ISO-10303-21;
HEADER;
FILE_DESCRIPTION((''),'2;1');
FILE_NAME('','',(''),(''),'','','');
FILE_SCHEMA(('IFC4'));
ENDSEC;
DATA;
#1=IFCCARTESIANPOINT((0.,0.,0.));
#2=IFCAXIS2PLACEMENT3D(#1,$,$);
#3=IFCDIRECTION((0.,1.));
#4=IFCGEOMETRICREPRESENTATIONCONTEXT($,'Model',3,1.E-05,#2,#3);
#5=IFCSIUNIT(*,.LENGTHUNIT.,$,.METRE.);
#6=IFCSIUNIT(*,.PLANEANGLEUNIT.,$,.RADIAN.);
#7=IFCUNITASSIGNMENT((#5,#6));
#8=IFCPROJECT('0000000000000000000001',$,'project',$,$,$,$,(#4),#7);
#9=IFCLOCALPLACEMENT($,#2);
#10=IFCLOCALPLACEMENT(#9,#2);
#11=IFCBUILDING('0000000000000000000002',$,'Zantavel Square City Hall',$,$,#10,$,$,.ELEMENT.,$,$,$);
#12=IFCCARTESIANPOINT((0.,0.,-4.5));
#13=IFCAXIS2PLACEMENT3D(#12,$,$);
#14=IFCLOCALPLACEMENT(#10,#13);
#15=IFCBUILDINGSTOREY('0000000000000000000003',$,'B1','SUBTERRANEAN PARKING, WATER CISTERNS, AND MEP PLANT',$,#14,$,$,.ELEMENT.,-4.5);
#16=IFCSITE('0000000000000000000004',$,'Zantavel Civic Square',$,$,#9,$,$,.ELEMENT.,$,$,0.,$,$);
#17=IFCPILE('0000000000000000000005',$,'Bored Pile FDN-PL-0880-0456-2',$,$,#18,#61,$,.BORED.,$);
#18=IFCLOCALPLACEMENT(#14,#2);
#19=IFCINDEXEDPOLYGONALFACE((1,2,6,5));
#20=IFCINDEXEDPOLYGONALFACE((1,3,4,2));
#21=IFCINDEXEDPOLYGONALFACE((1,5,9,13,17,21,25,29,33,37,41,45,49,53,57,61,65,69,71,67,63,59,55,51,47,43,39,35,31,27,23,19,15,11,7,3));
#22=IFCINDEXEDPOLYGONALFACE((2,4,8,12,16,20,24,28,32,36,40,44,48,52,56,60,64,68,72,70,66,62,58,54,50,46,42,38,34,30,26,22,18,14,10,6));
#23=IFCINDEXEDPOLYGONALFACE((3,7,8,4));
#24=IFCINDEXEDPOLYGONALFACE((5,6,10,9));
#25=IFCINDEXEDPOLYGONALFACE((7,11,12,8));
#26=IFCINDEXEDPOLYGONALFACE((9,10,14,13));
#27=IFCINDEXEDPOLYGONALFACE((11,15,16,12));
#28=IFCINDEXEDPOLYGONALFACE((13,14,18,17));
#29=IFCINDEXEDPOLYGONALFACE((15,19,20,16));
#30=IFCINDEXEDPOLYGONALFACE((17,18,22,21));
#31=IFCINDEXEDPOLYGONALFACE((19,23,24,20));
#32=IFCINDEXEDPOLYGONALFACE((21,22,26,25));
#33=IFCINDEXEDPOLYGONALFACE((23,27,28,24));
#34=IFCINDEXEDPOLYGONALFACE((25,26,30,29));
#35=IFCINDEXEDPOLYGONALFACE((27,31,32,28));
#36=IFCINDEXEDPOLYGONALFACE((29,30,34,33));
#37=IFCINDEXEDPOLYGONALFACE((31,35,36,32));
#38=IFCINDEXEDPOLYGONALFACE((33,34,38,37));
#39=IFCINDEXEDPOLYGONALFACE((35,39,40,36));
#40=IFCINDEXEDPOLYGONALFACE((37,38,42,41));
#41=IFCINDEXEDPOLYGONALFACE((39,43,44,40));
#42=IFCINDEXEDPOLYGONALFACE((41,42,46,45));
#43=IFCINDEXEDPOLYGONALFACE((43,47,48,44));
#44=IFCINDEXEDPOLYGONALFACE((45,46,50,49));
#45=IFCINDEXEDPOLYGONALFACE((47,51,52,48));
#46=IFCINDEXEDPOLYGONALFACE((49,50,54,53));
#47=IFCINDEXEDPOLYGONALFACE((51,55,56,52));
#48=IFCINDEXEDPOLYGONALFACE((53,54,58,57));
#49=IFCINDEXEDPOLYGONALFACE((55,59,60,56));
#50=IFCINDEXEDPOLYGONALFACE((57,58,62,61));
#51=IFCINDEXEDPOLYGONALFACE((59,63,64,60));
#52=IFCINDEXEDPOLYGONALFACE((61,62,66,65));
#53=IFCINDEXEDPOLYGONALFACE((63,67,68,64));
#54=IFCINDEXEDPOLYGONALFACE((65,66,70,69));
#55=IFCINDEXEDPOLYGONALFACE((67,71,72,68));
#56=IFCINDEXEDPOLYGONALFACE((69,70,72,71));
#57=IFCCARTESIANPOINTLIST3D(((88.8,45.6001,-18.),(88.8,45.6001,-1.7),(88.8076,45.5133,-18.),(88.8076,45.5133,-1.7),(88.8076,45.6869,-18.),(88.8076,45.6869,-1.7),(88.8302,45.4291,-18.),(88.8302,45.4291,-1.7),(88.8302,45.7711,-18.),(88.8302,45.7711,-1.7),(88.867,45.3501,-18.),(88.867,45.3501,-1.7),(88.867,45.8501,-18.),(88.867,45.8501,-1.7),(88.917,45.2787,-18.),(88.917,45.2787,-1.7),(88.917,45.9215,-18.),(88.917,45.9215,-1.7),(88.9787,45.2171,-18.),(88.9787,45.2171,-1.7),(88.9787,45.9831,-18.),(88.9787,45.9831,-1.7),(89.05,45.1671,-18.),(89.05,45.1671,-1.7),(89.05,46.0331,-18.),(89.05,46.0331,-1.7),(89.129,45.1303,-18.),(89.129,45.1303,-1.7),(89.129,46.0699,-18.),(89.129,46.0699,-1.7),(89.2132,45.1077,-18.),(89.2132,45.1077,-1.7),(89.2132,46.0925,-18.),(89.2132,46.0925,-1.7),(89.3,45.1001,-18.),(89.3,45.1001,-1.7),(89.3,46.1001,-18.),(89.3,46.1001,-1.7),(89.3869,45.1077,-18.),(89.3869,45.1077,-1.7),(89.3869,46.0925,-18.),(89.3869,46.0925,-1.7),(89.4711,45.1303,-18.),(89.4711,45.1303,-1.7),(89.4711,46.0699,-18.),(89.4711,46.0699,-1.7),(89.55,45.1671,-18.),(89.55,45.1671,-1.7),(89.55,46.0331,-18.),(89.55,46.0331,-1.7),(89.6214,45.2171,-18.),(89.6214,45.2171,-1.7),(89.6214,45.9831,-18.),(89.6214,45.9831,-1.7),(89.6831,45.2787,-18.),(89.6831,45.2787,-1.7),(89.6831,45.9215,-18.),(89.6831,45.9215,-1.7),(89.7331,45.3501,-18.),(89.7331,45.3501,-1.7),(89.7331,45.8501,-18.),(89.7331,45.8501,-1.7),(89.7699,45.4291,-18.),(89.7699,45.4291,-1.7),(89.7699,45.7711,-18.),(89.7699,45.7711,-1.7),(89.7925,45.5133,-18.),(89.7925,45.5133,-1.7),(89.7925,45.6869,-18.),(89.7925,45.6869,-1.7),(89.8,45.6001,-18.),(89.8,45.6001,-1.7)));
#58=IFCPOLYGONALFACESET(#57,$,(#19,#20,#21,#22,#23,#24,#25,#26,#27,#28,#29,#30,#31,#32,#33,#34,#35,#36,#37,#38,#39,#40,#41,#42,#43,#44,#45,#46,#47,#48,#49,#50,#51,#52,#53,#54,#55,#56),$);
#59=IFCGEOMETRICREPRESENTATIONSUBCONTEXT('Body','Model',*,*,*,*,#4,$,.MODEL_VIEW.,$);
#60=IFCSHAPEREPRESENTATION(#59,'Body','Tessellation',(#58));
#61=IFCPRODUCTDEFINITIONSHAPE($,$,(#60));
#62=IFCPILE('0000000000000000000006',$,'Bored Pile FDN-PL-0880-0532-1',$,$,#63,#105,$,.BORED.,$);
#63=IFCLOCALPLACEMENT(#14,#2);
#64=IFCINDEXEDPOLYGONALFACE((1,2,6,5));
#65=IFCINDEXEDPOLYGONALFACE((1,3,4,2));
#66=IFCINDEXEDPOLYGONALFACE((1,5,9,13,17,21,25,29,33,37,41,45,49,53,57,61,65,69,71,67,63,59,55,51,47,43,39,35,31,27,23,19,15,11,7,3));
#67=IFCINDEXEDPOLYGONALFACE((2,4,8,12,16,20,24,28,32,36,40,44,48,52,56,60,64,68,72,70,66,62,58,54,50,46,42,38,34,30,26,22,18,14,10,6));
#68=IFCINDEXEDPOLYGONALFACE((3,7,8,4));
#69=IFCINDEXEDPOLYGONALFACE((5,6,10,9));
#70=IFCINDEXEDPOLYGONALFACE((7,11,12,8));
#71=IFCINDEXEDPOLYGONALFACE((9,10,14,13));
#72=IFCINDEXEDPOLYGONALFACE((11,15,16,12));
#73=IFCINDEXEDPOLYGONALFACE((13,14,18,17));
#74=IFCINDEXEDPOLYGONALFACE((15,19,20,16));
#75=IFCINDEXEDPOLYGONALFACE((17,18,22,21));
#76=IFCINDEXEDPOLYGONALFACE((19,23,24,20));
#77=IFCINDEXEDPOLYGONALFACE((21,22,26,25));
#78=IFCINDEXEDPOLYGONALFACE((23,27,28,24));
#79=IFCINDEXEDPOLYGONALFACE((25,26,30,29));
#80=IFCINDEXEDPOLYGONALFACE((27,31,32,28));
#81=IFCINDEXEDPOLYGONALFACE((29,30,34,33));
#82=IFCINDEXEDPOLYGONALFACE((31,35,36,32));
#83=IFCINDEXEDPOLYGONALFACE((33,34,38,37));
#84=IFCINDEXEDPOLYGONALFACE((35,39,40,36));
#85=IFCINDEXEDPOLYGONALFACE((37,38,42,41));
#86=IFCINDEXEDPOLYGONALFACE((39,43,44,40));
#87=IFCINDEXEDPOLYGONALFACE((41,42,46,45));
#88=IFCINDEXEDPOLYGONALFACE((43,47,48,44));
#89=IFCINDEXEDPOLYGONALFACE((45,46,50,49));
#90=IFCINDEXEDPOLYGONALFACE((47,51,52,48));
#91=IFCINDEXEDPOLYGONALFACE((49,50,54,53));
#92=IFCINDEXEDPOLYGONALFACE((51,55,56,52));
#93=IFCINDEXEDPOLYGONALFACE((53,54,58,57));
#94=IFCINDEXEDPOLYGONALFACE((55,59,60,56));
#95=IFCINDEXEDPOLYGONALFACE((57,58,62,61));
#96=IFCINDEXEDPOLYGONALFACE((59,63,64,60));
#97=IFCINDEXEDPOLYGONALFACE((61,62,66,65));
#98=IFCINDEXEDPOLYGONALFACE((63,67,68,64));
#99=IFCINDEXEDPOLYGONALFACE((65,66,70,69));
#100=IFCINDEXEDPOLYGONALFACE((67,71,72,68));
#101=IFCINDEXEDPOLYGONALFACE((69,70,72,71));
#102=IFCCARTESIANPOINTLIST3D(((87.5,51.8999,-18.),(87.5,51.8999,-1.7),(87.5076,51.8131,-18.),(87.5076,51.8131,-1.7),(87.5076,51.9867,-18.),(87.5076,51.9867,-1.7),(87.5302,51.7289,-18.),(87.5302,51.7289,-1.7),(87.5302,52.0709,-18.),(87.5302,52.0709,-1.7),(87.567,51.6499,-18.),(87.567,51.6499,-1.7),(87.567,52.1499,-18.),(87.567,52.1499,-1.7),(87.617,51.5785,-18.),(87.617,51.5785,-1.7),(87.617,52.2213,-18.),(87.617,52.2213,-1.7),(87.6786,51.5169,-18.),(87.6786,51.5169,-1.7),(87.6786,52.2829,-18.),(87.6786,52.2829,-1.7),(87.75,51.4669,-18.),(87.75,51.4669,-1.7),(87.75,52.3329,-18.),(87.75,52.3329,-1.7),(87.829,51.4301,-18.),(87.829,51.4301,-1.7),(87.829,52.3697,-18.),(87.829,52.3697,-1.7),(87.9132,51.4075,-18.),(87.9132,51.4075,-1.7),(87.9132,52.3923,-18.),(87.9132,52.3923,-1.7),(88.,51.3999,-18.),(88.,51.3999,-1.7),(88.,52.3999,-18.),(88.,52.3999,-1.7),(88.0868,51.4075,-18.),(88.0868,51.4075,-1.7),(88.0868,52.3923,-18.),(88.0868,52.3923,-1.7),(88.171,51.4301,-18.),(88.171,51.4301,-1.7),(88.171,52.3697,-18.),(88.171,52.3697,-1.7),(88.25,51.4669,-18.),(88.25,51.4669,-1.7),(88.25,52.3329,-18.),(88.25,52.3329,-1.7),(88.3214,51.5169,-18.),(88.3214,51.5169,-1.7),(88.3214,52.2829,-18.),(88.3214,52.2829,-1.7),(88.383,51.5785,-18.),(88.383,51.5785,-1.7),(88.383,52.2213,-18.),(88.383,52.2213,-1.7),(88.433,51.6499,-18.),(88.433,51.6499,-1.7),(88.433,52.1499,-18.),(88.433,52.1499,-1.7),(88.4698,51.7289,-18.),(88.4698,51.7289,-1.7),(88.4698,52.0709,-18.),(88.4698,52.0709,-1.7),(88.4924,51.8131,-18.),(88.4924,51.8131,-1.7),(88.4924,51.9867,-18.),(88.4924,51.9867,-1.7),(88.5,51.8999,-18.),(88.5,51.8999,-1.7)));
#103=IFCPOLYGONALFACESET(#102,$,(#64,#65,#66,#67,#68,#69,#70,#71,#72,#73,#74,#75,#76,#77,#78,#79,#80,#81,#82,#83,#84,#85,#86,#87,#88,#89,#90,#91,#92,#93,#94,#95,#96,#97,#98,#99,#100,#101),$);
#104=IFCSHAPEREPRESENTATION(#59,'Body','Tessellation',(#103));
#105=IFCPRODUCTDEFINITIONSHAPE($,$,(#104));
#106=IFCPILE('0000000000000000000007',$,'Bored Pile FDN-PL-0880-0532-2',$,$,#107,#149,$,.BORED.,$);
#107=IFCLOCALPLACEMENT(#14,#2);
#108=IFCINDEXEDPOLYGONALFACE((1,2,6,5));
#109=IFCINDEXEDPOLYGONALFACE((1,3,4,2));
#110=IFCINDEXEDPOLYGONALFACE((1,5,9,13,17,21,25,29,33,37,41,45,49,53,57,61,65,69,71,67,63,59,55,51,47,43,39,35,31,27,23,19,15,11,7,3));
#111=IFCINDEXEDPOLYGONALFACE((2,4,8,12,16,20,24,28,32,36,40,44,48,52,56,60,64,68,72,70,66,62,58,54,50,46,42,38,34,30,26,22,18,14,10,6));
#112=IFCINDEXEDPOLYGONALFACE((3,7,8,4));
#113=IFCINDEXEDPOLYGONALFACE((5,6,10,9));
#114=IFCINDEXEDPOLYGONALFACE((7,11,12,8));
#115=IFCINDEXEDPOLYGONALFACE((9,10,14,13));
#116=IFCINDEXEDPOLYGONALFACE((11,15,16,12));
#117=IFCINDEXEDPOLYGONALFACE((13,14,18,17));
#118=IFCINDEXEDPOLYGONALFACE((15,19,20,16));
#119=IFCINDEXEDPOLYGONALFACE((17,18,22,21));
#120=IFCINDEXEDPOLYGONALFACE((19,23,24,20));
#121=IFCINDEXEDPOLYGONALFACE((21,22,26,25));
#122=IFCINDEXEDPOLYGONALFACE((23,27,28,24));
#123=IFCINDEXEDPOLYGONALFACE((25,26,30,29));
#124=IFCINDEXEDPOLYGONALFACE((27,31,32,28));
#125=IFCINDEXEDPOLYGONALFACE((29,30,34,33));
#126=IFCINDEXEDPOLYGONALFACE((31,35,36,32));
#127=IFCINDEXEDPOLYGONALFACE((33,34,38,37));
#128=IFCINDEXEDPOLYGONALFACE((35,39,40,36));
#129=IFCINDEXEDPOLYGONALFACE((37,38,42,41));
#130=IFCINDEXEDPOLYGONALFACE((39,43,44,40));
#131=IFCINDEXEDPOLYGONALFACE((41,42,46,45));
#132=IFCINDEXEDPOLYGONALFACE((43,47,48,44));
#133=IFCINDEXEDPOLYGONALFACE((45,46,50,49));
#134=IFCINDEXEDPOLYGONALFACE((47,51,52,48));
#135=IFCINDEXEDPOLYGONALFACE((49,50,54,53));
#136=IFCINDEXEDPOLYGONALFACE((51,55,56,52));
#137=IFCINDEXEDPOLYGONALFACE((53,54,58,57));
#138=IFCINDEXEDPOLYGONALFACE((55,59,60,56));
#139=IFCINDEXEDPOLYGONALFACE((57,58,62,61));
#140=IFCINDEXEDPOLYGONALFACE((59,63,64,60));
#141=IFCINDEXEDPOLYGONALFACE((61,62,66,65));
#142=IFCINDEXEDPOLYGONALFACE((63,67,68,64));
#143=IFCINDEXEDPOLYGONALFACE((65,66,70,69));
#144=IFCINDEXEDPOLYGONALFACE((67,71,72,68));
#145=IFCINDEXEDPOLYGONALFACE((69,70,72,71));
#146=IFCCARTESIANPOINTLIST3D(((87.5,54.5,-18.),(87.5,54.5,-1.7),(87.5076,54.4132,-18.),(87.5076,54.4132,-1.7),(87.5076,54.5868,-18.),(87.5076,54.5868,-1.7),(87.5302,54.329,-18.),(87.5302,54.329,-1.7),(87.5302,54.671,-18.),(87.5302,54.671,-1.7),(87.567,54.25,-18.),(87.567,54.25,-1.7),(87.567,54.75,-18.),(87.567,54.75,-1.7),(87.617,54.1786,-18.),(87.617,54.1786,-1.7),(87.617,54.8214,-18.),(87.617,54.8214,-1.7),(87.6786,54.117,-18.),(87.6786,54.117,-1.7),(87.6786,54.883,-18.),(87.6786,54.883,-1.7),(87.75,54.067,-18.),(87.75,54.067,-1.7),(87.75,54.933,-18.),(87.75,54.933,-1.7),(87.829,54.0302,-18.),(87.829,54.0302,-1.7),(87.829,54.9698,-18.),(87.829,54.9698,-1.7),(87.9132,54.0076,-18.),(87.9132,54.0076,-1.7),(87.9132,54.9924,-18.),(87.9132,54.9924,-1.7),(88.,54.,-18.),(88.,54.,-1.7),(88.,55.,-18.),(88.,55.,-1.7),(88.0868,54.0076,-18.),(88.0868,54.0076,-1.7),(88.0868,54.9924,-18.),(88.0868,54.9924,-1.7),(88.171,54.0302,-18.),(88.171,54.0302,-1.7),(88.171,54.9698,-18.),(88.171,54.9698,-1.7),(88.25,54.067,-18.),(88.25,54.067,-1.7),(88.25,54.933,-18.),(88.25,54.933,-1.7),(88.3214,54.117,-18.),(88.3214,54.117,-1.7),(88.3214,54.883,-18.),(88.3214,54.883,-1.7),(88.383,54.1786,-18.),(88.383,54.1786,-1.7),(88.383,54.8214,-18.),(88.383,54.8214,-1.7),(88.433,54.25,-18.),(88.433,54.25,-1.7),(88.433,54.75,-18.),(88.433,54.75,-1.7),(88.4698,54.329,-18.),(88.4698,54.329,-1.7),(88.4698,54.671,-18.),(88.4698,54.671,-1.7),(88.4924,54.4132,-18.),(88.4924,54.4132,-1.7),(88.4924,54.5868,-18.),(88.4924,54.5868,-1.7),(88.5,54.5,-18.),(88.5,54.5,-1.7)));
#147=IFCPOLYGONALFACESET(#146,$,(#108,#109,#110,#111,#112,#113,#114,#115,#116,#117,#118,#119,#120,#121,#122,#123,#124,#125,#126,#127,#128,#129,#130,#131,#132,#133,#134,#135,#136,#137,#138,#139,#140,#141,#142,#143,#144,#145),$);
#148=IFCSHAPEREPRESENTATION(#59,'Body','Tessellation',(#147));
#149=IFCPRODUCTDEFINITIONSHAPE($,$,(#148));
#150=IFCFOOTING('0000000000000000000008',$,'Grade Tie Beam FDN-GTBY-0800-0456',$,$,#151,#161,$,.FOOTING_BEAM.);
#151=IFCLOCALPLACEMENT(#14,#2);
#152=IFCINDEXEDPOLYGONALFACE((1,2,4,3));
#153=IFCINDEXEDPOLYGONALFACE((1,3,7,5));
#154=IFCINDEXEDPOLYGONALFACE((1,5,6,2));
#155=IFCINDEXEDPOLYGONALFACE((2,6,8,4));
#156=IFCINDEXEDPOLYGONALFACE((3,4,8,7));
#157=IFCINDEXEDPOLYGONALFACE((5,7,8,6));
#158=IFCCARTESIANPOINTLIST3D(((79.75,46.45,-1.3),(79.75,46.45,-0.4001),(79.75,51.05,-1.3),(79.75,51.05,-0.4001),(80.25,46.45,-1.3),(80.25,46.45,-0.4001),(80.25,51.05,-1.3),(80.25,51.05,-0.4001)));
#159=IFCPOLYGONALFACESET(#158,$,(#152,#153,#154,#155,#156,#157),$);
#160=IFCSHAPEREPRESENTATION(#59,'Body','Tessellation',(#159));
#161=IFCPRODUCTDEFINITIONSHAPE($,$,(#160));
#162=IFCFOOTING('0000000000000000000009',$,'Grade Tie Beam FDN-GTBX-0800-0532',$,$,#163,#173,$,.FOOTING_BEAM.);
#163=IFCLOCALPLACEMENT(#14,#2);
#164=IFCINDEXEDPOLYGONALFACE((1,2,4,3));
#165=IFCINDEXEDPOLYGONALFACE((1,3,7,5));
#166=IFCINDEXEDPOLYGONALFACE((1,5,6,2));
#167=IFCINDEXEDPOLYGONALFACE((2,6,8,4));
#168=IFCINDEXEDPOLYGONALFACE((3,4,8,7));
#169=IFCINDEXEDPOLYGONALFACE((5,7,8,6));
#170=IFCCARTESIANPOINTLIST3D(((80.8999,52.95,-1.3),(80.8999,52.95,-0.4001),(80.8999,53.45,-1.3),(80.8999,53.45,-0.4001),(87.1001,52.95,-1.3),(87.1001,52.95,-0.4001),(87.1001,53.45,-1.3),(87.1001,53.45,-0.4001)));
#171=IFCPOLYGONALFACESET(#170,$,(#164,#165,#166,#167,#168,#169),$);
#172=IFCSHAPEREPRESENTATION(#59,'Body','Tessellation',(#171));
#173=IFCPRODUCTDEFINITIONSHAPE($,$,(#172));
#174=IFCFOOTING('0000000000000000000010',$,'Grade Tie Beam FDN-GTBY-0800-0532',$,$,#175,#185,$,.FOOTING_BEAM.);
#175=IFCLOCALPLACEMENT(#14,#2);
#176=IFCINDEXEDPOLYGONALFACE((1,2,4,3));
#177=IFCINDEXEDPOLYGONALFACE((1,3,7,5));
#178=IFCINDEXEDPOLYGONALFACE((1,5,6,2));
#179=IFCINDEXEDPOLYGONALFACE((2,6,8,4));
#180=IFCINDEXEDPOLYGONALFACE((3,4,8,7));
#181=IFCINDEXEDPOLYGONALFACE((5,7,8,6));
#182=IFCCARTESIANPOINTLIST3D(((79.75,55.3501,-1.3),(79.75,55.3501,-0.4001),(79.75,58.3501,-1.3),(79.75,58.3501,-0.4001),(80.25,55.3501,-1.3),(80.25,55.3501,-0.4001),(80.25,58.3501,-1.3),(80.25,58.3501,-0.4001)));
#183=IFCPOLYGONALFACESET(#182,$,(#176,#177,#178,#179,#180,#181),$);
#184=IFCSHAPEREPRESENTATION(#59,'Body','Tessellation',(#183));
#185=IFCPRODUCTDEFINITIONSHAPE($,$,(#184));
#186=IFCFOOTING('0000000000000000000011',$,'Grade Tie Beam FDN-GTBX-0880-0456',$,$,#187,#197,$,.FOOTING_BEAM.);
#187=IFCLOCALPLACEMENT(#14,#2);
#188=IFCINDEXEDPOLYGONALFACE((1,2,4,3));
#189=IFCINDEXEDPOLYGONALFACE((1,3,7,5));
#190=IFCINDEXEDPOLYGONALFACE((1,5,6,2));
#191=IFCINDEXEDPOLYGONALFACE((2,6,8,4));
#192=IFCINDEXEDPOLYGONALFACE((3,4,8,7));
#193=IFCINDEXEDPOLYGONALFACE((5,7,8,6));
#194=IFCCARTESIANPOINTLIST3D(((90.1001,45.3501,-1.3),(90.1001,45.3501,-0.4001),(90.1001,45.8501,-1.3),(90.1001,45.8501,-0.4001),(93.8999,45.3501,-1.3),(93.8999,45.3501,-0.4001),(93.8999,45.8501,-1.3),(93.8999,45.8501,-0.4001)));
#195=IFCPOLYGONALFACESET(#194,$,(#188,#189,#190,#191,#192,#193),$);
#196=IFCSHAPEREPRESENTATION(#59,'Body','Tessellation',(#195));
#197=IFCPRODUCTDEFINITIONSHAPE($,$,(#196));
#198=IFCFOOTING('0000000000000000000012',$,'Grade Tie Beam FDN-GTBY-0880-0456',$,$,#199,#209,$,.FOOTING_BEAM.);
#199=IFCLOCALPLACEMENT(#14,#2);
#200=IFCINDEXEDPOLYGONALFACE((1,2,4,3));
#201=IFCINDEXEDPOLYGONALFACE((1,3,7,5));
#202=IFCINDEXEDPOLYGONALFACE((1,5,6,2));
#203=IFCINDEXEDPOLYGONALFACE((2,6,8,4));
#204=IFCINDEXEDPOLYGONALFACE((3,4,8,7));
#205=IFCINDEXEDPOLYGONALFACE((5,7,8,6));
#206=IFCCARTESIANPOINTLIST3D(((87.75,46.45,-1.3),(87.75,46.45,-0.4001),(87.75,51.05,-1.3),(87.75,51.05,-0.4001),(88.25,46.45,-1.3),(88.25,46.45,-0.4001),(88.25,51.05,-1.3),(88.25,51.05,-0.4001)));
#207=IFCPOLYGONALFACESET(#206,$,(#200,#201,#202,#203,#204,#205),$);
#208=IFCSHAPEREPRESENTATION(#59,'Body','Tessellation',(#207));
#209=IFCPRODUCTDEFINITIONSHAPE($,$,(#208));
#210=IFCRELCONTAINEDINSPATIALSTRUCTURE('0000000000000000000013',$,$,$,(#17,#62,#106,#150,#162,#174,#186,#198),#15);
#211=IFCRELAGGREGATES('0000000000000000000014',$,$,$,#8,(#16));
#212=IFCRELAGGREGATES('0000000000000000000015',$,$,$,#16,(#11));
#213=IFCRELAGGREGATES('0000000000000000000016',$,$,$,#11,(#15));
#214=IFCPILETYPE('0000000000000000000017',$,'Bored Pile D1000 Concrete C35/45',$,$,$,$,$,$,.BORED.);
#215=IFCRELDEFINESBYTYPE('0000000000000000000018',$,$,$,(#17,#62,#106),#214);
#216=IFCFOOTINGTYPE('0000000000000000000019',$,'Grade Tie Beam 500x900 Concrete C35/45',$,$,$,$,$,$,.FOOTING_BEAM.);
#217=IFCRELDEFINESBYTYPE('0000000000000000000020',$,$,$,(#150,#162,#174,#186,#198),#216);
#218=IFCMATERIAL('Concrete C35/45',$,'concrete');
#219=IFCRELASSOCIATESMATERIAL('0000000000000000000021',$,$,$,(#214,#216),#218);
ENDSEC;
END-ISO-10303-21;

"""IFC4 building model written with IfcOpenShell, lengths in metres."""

from ifc_helpers import new_model, si_unit, direction, frame, origin, origin_2d, place, context, subcontext, project, spatial, rectangle, circle, extrude, material, material_profile, profile_set, type_object, element, save


model = new_model("IFC4")

# Units and contexts
model_context = context("Model", 3, precision=1e-05, world=origin(), true_north=direction((0.0, 1.0)))
body_context = subcontext(model_context, "Body", "Model", "MODEL_VIEW")
ifc_project = project(units=[si_unit("LENGTHUNIT", "METRE"), si_unit("PLANEANGLEUNIT", "RADIAN")], contexts=[model_context])

# Site, building, storey
site_placement = place(None, origin())
site = spatial("IfcSite", under=ifc_project, at=site_placement, Name="Zantavel Civic Square", CompositionType="ELEMENT", RefElevation=0.0)
building_placement = place(site_placement, origin())
building = spatial("IfcBuilding", under=site, at=building_placement, Name="Zantavel Square City Hall", CompositionType="ELEMENT")
storey_placement = place(building_placement, frame((0.0, 0.0, -4.5)))
storey = spatial("IfcBuildingStorey", under=building, at=storey_placement, Name="B1", Description="SUBTERRANEAN PARKING, WATER CISTERNS, AND MEP PLANT", CompositionType="ELEMENT", Elevation=-4.5)

# Piles
ifc_material_1 = material(Name="Concrete C35/45", Category="concrete")
ifc_material_profile_1 = material_profile(ifc_material_1, circle(Radius=0.5, at=origin_2d()), Name="PILE D1000")
ifc_profile_set_1 = profile_set([ifc_material_profile_1], Name="Concrete C35/45")
pile_type = type_object("IfcPileType", Name="Bored Pile D1000 Concrete C35/45", PredefinedType="BORED", material=ifc_profile_set_1)
for number, where, z_axis, x_axis, name in (
    (1, (89.3, 45.6001, -1.7), (0.0, 0.0, -1.0), (1.0, 0.0, 0.0), "Bored Pile FDN-PL-0880-0456-2"),
    (2, (88.0, 51.8999, -1.7), (0.0, 0.0, -1.0), (1.0, 0.0, 0.0), "Bored Pile FDN-PL-0880-0532-1"),
    (3, (88.0, 54.5, -1.7), (0.0, 0.0, -1.0), (1.0, 0.0, 0.0), "Bored Pile FDN-PL-0880-0532-2"),
):
    element("IfcPile", number, at=place(storey_placement, frame(where, z_axis=z_axis, x_axis=x_axis)), inside=storey, type_object=pile_type, Name=name, PredefinedType="BORED", context=body_context, shape_type="SweptSolid", body=[
        extrude(circle(Radius=0.5, at=origin_2d()), origin(), (0.0, 0.0, 1.0), 16.3),
    ])

# Footings
ifc_material_profile_2 = material_profile(ifc_material_1, rectangle(XDim=0.5, YDim=0.8999, at=origin_2d()), Name="RC 500x900")
ifc_profile_set_2 = profile_set([ifc_material_profile_2], Name="Concrete C35/45")
footing_type_1 = type_object("IfcFootingType", Name="Grade Tie Beam 500x900 Concrete C35/45", PredefinedType="FOOTING_BEAM", material=ifc_profile_set_2)
footing_1_placement = place(storey_placement, frame((80.0, 46.45, -0.8501), z_axis=(0.0, 1.0, 0.0), x_axis=(-1.0, 0.0, 0.0)))
element("IfcFooting", 4, at=footing_1_placement, inside=storey, type_object=footing_type_1, Name="Grade Tie Beam FDN-GTBY-0800-0456", PredefinedType="FOOTING_BEAM", context=body_context, shape_type="SweptSolid", body=[
    extrude(rectangle(XDim=0.5, YDim=0.8999, at=origin_2d()), origin(), (0.0, 0.0, 1.0), 4.6001),
])
footing_2_placement = place(storey_placement, frame((80.8999, 53.2, -0.8501), z_axis=(1.0, 0.0, 0.0), x_axis=(0.0, 1.0, 0.0)))
element("IfcFooting", 5, at=footing_2_placement, inside=storey, type_object=footing_type_1, Name="Grade Tie Beam FDN-GTBX-0800-0532", PredefinedType="FOOTING_BEAM", context=body_context, shape_type="SweptSolid", body=[
    extrude(rectangle(XDim=0.5, YDim=0.8999, at=origin_2d()), origin(), (0.0, 0.0, 1.0), 6.2002),
])
footing_3_placement = place(storey_placement, frame((80.0, 55.3501, -0.8501), z_axis=(0.0, 1.0, 0.0), x_axis=(-1.0, 0.0, 0.0)))
element("IfcFooting", 6, at=footing_3_placement, inside=storey, type_object=footing_type_1, Name="Grade Tie Beam FDN-GTBY-0800-0532", PredefinedType="FOOTING_BEAM", context=body_context, shape_type="SweptSolid", body=[
    extrude(rectangle(XDim=0.5, YDim=0.8999, at=origin_2d()), origin(), (0.0, 0.0, 1.0), 3.0),
])
footing_4_placement = place(storey_placement, frame((90.1001, 45.6001, -0.8501), z_axis=(1.0, 0.0, 0.0), x_axis=(0.0, 1.0, 0.0)))
element("IfcFooting", 7, at=footing_4_placement, inside=storey, type_object=footing_type_1, Name="Grade Tie Beam FDN-GTBX-0880-0456", PredefinedType="FOOTING_BEAM", context=body_context, shape_type="SweptSolid", body=[
    extrude(rectangle(XDim=0.5, YDim=0.8999, at=origin_2d()), origin(), (0.0, 0.0, 1.0), 3.7998),
])
footing_5_placement = place(storey_placement, frame((88.0, 46.45, -0.8501), z_axis=(0.0, 1.0, 0.0), x_axis=(-1.0, 0.0, 0.0)))
element("IfcFooting", 8, at=footing_5_placement, inside=storey, type_object=footing_type_1, Name="Grade Tie Beam FDN-GTBY-0880-0456", PredefinedType="FOOTING_BEAM", context=body_context, shape_type="SweptSolid", body=[
    extrude(rectangle(XDim=0.5, YDim=0.8999, at=origin_2d()), origin(), (0.0, 0.0, 1.0), 4.6001),
])

save(model, "model.ifc")
